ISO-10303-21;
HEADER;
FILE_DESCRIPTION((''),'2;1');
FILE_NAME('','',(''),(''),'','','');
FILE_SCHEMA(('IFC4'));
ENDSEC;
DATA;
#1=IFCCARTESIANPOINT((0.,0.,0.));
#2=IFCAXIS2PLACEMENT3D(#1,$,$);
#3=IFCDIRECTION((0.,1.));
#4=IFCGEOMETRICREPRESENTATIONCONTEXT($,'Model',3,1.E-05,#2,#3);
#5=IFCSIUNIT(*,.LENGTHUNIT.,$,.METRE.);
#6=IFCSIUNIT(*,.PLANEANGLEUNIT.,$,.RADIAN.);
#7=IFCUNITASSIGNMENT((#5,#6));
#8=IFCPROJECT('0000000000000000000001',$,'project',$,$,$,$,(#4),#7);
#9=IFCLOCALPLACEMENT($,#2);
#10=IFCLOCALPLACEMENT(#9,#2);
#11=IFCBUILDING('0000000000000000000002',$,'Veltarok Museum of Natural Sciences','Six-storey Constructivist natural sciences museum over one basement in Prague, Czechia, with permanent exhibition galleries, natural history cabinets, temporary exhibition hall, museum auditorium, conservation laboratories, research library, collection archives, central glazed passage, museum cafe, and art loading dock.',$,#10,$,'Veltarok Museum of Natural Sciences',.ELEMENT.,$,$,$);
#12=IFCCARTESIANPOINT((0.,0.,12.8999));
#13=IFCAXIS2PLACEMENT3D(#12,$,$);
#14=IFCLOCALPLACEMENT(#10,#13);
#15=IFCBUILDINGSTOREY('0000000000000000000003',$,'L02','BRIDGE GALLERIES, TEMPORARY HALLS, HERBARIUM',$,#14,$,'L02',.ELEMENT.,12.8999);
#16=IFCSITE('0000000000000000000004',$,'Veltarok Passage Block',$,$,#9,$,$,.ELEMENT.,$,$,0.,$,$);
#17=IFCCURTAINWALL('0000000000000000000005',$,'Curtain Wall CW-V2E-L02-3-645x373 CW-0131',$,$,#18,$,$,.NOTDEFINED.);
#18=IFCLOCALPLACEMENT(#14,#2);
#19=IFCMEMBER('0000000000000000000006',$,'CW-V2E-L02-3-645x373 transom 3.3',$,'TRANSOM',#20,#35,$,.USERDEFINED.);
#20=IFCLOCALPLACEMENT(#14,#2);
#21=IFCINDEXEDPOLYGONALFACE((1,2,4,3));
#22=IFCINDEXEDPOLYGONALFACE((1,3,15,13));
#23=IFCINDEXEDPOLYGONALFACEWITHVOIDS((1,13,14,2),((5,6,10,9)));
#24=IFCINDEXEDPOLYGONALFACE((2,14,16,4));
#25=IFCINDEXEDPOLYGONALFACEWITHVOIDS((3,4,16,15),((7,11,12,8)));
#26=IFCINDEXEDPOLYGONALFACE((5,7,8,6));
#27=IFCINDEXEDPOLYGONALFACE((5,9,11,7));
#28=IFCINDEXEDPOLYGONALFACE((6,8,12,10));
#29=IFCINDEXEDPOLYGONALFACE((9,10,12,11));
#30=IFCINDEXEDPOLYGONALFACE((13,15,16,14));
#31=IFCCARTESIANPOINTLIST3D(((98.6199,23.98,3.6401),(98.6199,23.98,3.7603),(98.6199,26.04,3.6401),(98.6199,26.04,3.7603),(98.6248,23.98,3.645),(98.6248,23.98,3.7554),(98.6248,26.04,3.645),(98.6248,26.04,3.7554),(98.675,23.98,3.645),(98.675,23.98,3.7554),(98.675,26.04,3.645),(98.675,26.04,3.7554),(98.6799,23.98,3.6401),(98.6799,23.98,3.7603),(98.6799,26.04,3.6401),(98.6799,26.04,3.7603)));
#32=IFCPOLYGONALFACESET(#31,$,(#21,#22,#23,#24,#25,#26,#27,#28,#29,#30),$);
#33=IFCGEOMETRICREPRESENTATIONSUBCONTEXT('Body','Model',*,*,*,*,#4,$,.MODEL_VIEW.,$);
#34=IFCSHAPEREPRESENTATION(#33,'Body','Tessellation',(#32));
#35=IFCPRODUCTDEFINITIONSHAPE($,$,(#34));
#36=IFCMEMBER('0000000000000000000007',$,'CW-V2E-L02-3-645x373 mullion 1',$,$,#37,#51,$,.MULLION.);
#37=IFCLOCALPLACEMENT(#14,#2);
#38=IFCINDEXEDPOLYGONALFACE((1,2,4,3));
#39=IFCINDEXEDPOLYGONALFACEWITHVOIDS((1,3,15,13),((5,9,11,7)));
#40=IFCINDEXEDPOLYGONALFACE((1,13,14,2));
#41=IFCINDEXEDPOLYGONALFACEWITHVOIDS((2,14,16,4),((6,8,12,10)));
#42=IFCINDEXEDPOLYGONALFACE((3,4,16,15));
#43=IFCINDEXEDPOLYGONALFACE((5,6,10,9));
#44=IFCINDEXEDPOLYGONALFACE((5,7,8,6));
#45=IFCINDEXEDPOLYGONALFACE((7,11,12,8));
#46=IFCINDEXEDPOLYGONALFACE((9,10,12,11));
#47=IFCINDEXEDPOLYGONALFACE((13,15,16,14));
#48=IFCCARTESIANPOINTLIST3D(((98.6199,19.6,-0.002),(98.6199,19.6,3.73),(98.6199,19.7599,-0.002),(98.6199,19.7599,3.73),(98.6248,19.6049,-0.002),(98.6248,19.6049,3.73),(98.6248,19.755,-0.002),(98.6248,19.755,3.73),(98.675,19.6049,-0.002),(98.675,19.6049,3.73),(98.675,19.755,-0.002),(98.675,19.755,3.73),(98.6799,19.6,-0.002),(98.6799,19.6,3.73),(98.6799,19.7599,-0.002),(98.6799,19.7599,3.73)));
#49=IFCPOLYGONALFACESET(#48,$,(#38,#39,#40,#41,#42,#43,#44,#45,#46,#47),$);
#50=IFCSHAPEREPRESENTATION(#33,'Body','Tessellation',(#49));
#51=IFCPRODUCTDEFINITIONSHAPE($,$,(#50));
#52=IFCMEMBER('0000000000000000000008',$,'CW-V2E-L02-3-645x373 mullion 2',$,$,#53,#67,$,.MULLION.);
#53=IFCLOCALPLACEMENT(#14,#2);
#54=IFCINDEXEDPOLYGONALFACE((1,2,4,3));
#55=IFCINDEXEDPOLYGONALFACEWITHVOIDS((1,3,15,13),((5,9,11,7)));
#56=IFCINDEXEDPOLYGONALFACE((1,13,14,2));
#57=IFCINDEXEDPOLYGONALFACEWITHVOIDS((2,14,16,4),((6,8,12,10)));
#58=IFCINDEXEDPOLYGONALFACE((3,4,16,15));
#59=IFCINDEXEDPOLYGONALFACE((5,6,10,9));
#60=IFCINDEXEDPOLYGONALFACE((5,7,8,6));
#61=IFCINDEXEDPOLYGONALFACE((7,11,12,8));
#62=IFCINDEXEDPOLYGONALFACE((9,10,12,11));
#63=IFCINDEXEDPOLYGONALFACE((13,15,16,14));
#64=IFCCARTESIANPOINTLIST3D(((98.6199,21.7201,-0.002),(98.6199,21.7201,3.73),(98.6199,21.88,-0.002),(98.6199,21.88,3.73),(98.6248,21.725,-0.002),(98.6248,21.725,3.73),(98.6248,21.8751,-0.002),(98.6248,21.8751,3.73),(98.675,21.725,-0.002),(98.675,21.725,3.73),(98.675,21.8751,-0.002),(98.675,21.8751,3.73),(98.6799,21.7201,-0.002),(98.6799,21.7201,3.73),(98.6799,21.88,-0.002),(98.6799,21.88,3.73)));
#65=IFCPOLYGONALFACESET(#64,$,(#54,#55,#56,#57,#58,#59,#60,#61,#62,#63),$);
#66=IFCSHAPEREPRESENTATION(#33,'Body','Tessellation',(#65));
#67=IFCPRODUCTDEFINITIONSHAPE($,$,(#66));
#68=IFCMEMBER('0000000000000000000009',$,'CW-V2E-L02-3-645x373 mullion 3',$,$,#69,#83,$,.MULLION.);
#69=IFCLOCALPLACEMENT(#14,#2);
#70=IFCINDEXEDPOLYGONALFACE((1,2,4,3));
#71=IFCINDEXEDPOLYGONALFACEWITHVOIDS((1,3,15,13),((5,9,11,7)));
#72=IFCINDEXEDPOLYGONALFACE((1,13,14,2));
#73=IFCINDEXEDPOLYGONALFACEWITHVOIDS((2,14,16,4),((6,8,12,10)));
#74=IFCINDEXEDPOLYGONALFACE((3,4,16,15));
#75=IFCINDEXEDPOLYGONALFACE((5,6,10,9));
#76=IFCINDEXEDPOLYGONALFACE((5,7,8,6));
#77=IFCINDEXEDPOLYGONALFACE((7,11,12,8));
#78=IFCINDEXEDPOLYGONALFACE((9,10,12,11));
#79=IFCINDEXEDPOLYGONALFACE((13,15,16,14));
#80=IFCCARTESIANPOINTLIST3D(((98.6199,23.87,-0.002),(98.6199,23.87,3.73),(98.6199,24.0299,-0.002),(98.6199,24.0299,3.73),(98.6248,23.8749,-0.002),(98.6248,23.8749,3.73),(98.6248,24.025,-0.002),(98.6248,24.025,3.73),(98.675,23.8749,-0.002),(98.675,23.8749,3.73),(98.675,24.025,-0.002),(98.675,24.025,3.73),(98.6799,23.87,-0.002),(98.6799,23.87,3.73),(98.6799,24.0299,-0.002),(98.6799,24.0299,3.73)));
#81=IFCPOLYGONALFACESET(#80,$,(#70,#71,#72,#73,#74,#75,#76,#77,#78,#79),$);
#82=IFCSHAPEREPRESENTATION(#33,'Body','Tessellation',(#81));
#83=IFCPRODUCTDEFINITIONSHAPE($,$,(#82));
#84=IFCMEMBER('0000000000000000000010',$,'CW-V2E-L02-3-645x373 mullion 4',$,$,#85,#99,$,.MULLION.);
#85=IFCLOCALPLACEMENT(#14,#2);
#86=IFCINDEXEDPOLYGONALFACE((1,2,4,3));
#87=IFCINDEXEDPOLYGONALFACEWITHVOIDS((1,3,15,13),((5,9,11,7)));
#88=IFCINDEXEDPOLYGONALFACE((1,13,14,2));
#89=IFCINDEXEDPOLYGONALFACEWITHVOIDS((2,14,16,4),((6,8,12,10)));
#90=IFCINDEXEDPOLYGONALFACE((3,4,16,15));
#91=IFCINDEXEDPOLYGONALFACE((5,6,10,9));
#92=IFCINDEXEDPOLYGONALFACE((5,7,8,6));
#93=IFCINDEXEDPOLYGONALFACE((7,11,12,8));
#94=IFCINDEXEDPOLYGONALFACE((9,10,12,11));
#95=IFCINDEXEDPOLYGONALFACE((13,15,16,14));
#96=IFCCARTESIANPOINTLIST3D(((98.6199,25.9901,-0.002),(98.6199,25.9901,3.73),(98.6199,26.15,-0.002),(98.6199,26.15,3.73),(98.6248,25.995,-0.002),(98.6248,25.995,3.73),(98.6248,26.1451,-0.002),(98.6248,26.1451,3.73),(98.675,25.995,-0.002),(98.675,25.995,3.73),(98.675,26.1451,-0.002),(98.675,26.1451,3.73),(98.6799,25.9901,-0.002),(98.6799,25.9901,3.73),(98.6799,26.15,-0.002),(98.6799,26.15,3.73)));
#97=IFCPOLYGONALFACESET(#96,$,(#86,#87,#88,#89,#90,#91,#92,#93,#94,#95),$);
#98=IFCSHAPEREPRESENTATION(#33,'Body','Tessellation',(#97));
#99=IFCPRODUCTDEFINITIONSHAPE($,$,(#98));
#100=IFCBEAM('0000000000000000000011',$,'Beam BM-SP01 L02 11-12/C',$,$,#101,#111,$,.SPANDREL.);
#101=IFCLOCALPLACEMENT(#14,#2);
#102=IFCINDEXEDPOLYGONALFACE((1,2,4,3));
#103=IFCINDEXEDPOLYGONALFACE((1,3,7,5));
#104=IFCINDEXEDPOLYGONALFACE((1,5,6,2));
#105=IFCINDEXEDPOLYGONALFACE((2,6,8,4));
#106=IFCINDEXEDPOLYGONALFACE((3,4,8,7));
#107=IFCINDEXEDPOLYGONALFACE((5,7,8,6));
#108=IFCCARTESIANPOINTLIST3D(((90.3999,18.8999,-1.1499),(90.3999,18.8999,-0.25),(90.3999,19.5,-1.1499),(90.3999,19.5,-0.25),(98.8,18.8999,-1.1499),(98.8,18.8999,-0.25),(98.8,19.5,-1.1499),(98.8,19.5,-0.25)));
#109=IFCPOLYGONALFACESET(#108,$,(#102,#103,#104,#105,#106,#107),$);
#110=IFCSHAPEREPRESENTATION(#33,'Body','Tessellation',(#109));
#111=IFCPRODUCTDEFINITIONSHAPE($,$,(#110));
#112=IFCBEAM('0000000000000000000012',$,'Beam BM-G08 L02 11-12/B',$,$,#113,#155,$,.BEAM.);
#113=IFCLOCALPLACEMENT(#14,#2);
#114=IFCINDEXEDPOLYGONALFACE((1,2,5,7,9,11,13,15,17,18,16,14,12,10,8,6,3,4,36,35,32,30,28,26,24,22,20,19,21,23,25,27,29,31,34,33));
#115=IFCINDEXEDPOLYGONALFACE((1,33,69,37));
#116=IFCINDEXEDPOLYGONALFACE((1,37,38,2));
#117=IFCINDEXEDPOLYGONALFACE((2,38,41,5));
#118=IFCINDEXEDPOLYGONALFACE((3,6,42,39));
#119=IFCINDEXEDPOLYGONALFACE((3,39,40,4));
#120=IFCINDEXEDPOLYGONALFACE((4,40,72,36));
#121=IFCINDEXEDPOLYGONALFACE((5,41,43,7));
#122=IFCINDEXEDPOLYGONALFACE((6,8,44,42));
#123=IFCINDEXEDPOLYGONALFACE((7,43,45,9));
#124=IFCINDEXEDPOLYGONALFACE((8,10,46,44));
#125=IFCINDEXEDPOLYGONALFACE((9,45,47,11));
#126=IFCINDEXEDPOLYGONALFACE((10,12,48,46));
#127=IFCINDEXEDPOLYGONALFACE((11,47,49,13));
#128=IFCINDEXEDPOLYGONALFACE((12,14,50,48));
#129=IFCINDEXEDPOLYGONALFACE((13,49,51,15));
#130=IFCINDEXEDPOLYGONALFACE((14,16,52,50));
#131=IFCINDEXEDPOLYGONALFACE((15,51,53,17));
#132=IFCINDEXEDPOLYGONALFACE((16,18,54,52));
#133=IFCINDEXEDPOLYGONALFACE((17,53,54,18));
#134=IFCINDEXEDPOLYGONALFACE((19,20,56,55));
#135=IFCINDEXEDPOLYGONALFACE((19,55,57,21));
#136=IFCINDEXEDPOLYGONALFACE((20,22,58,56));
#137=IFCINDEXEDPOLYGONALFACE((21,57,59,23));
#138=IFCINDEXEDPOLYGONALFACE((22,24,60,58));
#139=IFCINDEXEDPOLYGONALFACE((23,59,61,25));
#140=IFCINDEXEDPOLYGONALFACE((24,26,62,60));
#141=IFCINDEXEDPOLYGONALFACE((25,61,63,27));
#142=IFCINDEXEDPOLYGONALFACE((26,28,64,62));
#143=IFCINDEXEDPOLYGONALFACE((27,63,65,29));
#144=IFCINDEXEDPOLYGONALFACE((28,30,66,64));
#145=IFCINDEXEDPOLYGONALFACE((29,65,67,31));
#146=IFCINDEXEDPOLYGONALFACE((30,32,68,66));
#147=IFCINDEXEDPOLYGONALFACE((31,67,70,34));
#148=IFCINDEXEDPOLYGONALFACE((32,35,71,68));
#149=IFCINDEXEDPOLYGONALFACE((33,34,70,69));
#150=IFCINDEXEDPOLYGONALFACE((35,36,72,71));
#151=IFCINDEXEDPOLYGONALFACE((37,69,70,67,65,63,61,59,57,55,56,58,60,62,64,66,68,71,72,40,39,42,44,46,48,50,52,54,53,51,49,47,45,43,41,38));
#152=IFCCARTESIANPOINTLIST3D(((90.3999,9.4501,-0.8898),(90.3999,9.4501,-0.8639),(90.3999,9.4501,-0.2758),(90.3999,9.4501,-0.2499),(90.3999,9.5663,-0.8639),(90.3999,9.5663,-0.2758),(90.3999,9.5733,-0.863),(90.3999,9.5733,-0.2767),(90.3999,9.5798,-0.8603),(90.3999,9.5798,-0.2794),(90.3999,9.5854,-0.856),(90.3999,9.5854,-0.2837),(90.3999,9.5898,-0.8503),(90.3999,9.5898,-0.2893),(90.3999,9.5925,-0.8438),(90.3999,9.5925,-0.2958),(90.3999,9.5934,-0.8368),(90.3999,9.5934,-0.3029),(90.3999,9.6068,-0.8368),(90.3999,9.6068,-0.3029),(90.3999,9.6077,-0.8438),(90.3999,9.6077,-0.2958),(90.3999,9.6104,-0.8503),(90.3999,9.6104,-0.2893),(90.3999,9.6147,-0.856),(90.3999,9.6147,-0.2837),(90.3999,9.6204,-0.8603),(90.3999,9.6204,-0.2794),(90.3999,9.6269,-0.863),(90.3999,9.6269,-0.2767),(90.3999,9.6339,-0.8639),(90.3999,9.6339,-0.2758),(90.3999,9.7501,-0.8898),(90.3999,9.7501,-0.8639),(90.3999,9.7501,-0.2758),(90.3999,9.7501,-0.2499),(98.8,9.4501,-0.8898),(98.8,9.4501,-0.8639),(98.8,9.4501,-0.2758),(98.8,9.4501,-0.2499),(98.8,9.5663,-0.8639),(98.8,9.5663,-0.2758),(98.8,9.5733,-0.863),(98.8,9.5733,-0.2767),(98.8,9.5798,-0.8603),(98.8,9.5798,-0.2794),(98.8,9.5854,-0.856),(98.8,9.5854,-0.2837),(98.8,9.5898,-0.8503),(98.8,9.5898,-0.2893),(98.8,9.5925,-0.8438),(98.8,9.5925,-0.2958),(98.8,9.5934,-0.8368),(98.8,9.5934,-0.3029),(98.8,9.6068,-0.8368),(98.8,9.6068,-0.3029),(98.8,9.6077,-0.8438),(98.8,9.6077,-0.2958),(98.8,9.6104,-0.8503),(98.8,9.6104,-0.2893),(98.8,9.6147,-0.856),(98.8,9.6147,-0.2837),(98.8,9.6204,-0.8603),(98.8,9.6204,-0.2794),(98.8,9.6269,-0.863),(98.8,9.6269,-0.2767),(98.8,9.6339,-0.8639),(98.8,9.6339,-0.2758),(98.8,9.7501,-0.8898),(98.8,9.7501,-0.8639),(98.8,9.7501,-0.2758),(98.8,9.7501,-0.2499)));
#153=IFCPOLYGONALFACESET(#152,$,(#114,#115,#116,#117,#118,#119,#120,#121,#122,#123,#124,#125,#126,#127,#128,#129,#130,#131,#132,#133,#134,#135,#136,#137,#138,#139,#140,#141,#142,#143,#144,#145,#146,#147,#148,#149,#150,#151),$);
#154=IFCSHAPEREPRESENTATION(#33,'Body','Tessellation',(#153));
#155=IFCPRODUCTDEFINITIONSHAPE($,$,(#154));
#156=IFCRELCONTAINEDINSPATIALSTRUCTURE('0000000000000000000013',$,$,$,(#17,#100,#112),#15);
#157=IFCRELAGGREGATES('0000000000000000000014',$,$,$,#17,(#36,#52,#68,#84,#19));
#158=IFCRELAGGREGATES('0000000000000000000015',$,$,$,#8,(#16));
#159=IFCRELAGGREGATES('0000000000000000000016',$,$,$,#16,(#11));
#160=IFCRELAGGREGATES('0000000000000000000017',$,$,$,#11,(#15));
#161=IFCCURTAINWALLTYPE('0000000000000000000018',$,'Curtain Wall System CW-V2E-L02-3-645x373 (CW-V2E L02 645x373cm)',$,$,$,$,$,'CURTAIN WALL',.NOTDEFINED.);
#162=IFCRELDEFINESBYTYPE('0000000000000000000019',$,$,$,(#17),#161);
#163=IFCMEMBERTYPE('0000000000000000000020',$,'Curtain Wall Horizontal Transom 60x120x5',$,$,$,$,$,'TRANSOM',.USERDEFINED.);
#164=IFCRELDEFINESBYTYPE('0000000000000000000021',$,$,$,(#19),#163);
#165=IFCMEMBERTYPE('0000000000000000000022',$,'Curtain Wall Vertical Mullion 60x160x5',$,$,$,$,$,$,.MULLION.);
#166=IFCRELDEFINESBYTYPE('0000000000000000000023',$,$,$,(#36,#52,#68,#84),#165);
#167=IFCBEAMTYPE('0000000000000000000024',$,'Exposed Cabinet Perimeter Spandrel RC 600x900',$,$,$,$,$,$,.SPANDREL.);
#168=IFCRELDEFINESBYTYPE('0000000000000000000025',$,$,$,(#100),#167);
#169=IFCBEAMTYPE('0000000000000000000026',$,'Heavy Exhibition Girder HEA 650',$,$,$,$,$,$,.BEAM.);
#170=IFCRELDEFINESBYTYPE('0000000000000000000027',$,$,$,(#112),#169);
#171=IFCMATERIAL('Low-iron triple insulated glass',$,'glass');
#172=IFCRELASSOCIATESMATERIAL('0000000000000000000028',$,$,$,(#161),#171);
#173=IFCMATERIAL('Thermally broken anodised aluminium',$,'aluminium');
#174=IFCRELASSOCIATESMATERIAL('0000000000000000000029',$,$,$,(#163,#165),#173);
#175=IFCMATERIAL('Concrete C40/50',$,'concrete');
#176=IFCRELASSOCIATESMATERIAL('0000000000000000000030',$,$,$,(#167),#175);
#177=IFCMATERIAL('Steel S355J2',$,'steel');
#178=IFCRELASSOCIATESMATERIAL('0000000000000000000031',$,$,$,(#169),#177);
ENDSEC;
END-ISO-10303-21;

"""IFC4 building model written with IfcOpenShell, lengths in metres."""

from ifc_helpers import new_model, si_unit, direction, frame, origin, origin_2d, place, context, subcontext, project, spatial, rectangle, hollow_rectangle, i_section, extrude, material, material_profile, profile_set, type_object, element, aggregate, save


model = new_model("IFC4")

# Units and contexts
model_context = context("Model", 3, precision=1e-05, world=origin(), true_north=direction((0.0, 1.0)))
body_context = subcontext(model_context, "Body", "Model", "MODEL_VIEW")
ifc_project = project(units=[si_unit("LENGTHUNIT", "METRE"), si_unit("PLANEANGLEUNIT", "RADIAN")], contexts=[model_context])

# Site, building, storey
site_placement = place(None, origin())
site = spatial("IfcSite", under=ifc_project, at=site_placement, Name="Veltarok Passage Block", CompositionType="ELEMENT", RefElevation=0.0)
building_placement = place(site_placement, origin())
building = spatial("IfcBuilding", under=site, at=building_placement, Name="Veltarok Museum of Natural Sciences", Description="Six-storey Constructivist natural sciences museum over one basement in Prague, Czechia, with permanent exhibition galleries, natural history cabinets, temporary exhibition hall, museum auditorium, conservation laboratories, research library, collection archives, central glazed passage, museum cafe, and art loading dock.", LongName="Veltarok Museum of Natural Sciences", CompositionType="ELEMENT")
storey_placement = place(building_placement, frame((0.0, 0.0, 12.8999)))
storey = spatial("IfcBuildingStorey", under=building, at=storey_placement, Name="L02", Description="BRIDGE GALLERIES, TEMPORARY HALLS, HERBARIUM", LongName="L02", CompositionType="ELEMENT", Elevation=12.8999)

# Shared definitions
ifc_material_1 = material(Name="Steel S355J2", Category="steel")

# Curtain wall, members
ifc_material_2 = material(Name="Low-iron triple insulated glass", Category="glass")
curtain_wall_type = type_object("IfcCurtainWallType", Name="Curtain Wall System CW-V2E-L02-3-645x373 (CW-V2E L02 645x373cm)", ElementType="CURTAIN WALL", PredefinedType="NOTDEFINED", material=ifc_material_2)
curtain_wall_placement = place(storey_placement, origin())
curtain_wall = element("IfcCurtainWall", 1, at=curtain_wall_placement, inside=storey, type_object=curtain_wall_type, Name="Curtain Wall CW-V2E-L02-3-645x373 CW-0131", PredefinedType="NOTDEFINED")
ifc_material_3 = material(Name="Thermally broken anodised aluminium", Category="aluminium")
ifc_material_profile_1 = material_profile(ifc_material_3, hollow_rectangle(XDim=0.0601, YDim=0.1201, WallThickness=0.0049, at=origin_2d()), Name="CW TRANSOM 60x120x5")
ifc_profile_set_1 = profile_set([ifc_material_profile_1], Name="Thermally broken anodised aluminium")
member_type_1 = type_object("IfcMemberType", Name="Curtain Wall Horizontal Transom 60x120x5", ElementType="TRANSOM", PredefinedType="USERDEFINED", material=ifc_profile_set_1)
member_1_placement = place(storey_placement, frame((98.6499, 23.98, 3.7002), z_axis=(0.0, 1.0, 0.0), x_axis=(-1.0, 0.0, 0.0)))
member_1 = element("IfcMember", 2, at=member_1_placement, type_object=member_type_1, Name="CW-V2E-L02-3-645x373 transom 3.3", ObjectType="TRANSOM", PredefinedType="USERDEFINED", context=body_context, shape_type="SweptSolid", body=[
    extrude(hollow_rectangle(XDim=0.0601, YDim=0.1201, WallThickness=0.0049, at=origin_2d()), origin(), (0.0, 0.0, 1.0), 2.0601),
])
ifc_material_profile_2 = material_profile(ifc_material_3, hollow_rectangle(XDim=0.0601, YDim=0.1599, WallThickness=0.0049, at=origin_2d()), Name="CW MULLION 60x160x5")
ifc_profile_set_2 = profile_set([ifc_material_profile_2], Name="Thermally broken anodised aluminium")
member_type_2 = type_object("IfcMemberType", Name="Curtain Wall Vertical Mullion 60x160x5", PredefinedType="MULLION", material=ifc_profile_set_2)
member_2_placement = place(storey_placement, frame((98.6499, 19.6799, -0.002), z_axis=(0.0, 0.0, 1.0), x_axis=(-1.0, 0.0, 0.0)))
member_2 = element("IfcMember", 3, at=member_2_placement, type_object=member_type_2, Name="CW-V2E-L02-3-645x373 mullion 1", PredefinedType="MULLION", context=body_context, shape_type="SweptSolid", body=[
    extrude(hollow_rectangle(XDim=0.0601, YDim=0.1599, WallThickness=0.0049, at=origin_2d()), origin(), (0.0, 0.0, 1.0), 3.7319),
])
member_3_placement = place(storey_placement, frame((98.6499, 21.8, -0.002), z_axis=(0.0, 0.0, 1.0), x_axis=(-1.0, 0.0, 0.0)))
member_3 = element("IfcMember", 4, at=member_3_placement, type_object=member_type_2, Name="CW-V2E-L02-3-645x373 mullion 2", PredefinedType="MULLION", context=body_context, shape_type="SweptSolid", body=[
    extrude(hollow_rectangle(XDim=0.0601, YDim=0.1599, WallThickness=0.0049, at=origin_2d()), origin(), (0.0, 0.0, 1.0), 3.7319),
])
member_4_placement = place(storey_placement, frame((98.6499, 23.95, -0.002), z_axis=(0.0, 0.0, 1.0), x_axis=(-1.0, 0.0, 0.0)))
member_4 = element("IfcMember", 5, at=member_4_placement, type_object=member_type_2, Name="CW-V2E-L02-3-645x373 mullion 3", PredefinedType="MULLION", context=body_context, shape_type="SweptSolid", body=[
    extrude(hollow_rectangle(XDim=0.0601, YDim=0.1599, WallThickness=0.0049, at=origin_2d()), origin(), (0.0, 0.0, 1.0), 3.7319),
])
member_5_placement = place(storey_placement, frame((98.6499, 26.0701, -0.002), z_axis=(0.0, 0.0, 1.0), x_axis=(-1.0, 0.0, 0.0)))
member_5 = element("IfcMember", 6, at=member_5_placement, type_object=member_type_2, Name="CW-V2E-L02-3-645x373 mullion 4", PredefinedType="MULLION", context=body_context, shape_type="SweptSolid", body=[
    extrude(hollow_rectangle(XDim=0.0601, YDim=0.1599, WallThickness=0.0049, at=origin_2d()), origin(), (0.0, 0.0, 1.0), 3.7319),
])

# Beams
ifc_material_4 = material(Name="Concrete C40/50", Category="concrete")
ifc_material_profile_3 = material_profile(ifc_material_4, rectangle(XDim=0.6001, YDim=0.8999, at=origin_2d()), Name="RC 600x900")
ifc_profile_set_3 = profile_set([ifc_material_profile_3], Name="Concrete C40/50")
beam_type_1 = type_object("IfcBeamType", Name="Exposed Cabinet Perimeter Spandrel RC 600x900", PredefinedType="SPANDREL", material=ifc_profile_set_3)
beam_1_placement = place(storey_placement, frame((90.3999, 19.2, -0.7), z_axis=(1.0, 0.0, 0.0), x_axis=(0.0, 1.0, 0.0)))
element("IfcBeam", 7, at=beam_1_placement, inside=storey, type_object=beam_type_1, Name="Beam BM-SP01 L02 11-12/C", PredefinedType="SPANDREL", context=body_context, shape_type="SweptSolid", body=[
    extrude(rectangle(XDim=0.6001, YDim=0.8999, at=origin_2d()), origin(), (0.0, 0.0, 1.0), 8.4001),
])
ifc_material_profile_4 = material_profile(ifc_material_1, i_section(OverallWidth=0.3, OverallDepth=0.6399, WebThickness=0.0134, FlangeThickness=0.0259, FilletRadius=0.0271, at=origin_2d()), Name="HEA 650")
ifc_profile_set_4 = profile_set([ifc_material_profile_4], Name="Steel S355J2")
beam_type_2 = type_object("IfcBeamType", Name="Heavy Exhibition Girder HEA 650", PredefinedType="BEAM", material=ifc_profile_set_4)
beam_2_placement = place(storey_placement, frame((90.3999, 9.6001, -0.5698), z_axis=(1.0, 0.0, 0.0), x_axis=(0.0, 1.0, 0.0)))
element("IfcBeam", 8, at=beam_2_placement, inside=storey, type_object=beam_type_2, Name="Beam BM-G08 L02 11-12/B", PredefinedType="BEAM", context=body_context, shape_type="SweptSolid", body=[
    extrude(i_section(OverallWidth=0.3, OverallDepth=0.6399, WebThickness=0.0134, FlangeThickness=0.0259, FilletRadius=0.0271, at=origin_2d()), origin(), (0.0, 0.0, 1.0), 8.4001),
])

aggregate(curtain_wall, [member_2, member_3, member_4, member_5, member_1])

save(model, "model.ifc")
